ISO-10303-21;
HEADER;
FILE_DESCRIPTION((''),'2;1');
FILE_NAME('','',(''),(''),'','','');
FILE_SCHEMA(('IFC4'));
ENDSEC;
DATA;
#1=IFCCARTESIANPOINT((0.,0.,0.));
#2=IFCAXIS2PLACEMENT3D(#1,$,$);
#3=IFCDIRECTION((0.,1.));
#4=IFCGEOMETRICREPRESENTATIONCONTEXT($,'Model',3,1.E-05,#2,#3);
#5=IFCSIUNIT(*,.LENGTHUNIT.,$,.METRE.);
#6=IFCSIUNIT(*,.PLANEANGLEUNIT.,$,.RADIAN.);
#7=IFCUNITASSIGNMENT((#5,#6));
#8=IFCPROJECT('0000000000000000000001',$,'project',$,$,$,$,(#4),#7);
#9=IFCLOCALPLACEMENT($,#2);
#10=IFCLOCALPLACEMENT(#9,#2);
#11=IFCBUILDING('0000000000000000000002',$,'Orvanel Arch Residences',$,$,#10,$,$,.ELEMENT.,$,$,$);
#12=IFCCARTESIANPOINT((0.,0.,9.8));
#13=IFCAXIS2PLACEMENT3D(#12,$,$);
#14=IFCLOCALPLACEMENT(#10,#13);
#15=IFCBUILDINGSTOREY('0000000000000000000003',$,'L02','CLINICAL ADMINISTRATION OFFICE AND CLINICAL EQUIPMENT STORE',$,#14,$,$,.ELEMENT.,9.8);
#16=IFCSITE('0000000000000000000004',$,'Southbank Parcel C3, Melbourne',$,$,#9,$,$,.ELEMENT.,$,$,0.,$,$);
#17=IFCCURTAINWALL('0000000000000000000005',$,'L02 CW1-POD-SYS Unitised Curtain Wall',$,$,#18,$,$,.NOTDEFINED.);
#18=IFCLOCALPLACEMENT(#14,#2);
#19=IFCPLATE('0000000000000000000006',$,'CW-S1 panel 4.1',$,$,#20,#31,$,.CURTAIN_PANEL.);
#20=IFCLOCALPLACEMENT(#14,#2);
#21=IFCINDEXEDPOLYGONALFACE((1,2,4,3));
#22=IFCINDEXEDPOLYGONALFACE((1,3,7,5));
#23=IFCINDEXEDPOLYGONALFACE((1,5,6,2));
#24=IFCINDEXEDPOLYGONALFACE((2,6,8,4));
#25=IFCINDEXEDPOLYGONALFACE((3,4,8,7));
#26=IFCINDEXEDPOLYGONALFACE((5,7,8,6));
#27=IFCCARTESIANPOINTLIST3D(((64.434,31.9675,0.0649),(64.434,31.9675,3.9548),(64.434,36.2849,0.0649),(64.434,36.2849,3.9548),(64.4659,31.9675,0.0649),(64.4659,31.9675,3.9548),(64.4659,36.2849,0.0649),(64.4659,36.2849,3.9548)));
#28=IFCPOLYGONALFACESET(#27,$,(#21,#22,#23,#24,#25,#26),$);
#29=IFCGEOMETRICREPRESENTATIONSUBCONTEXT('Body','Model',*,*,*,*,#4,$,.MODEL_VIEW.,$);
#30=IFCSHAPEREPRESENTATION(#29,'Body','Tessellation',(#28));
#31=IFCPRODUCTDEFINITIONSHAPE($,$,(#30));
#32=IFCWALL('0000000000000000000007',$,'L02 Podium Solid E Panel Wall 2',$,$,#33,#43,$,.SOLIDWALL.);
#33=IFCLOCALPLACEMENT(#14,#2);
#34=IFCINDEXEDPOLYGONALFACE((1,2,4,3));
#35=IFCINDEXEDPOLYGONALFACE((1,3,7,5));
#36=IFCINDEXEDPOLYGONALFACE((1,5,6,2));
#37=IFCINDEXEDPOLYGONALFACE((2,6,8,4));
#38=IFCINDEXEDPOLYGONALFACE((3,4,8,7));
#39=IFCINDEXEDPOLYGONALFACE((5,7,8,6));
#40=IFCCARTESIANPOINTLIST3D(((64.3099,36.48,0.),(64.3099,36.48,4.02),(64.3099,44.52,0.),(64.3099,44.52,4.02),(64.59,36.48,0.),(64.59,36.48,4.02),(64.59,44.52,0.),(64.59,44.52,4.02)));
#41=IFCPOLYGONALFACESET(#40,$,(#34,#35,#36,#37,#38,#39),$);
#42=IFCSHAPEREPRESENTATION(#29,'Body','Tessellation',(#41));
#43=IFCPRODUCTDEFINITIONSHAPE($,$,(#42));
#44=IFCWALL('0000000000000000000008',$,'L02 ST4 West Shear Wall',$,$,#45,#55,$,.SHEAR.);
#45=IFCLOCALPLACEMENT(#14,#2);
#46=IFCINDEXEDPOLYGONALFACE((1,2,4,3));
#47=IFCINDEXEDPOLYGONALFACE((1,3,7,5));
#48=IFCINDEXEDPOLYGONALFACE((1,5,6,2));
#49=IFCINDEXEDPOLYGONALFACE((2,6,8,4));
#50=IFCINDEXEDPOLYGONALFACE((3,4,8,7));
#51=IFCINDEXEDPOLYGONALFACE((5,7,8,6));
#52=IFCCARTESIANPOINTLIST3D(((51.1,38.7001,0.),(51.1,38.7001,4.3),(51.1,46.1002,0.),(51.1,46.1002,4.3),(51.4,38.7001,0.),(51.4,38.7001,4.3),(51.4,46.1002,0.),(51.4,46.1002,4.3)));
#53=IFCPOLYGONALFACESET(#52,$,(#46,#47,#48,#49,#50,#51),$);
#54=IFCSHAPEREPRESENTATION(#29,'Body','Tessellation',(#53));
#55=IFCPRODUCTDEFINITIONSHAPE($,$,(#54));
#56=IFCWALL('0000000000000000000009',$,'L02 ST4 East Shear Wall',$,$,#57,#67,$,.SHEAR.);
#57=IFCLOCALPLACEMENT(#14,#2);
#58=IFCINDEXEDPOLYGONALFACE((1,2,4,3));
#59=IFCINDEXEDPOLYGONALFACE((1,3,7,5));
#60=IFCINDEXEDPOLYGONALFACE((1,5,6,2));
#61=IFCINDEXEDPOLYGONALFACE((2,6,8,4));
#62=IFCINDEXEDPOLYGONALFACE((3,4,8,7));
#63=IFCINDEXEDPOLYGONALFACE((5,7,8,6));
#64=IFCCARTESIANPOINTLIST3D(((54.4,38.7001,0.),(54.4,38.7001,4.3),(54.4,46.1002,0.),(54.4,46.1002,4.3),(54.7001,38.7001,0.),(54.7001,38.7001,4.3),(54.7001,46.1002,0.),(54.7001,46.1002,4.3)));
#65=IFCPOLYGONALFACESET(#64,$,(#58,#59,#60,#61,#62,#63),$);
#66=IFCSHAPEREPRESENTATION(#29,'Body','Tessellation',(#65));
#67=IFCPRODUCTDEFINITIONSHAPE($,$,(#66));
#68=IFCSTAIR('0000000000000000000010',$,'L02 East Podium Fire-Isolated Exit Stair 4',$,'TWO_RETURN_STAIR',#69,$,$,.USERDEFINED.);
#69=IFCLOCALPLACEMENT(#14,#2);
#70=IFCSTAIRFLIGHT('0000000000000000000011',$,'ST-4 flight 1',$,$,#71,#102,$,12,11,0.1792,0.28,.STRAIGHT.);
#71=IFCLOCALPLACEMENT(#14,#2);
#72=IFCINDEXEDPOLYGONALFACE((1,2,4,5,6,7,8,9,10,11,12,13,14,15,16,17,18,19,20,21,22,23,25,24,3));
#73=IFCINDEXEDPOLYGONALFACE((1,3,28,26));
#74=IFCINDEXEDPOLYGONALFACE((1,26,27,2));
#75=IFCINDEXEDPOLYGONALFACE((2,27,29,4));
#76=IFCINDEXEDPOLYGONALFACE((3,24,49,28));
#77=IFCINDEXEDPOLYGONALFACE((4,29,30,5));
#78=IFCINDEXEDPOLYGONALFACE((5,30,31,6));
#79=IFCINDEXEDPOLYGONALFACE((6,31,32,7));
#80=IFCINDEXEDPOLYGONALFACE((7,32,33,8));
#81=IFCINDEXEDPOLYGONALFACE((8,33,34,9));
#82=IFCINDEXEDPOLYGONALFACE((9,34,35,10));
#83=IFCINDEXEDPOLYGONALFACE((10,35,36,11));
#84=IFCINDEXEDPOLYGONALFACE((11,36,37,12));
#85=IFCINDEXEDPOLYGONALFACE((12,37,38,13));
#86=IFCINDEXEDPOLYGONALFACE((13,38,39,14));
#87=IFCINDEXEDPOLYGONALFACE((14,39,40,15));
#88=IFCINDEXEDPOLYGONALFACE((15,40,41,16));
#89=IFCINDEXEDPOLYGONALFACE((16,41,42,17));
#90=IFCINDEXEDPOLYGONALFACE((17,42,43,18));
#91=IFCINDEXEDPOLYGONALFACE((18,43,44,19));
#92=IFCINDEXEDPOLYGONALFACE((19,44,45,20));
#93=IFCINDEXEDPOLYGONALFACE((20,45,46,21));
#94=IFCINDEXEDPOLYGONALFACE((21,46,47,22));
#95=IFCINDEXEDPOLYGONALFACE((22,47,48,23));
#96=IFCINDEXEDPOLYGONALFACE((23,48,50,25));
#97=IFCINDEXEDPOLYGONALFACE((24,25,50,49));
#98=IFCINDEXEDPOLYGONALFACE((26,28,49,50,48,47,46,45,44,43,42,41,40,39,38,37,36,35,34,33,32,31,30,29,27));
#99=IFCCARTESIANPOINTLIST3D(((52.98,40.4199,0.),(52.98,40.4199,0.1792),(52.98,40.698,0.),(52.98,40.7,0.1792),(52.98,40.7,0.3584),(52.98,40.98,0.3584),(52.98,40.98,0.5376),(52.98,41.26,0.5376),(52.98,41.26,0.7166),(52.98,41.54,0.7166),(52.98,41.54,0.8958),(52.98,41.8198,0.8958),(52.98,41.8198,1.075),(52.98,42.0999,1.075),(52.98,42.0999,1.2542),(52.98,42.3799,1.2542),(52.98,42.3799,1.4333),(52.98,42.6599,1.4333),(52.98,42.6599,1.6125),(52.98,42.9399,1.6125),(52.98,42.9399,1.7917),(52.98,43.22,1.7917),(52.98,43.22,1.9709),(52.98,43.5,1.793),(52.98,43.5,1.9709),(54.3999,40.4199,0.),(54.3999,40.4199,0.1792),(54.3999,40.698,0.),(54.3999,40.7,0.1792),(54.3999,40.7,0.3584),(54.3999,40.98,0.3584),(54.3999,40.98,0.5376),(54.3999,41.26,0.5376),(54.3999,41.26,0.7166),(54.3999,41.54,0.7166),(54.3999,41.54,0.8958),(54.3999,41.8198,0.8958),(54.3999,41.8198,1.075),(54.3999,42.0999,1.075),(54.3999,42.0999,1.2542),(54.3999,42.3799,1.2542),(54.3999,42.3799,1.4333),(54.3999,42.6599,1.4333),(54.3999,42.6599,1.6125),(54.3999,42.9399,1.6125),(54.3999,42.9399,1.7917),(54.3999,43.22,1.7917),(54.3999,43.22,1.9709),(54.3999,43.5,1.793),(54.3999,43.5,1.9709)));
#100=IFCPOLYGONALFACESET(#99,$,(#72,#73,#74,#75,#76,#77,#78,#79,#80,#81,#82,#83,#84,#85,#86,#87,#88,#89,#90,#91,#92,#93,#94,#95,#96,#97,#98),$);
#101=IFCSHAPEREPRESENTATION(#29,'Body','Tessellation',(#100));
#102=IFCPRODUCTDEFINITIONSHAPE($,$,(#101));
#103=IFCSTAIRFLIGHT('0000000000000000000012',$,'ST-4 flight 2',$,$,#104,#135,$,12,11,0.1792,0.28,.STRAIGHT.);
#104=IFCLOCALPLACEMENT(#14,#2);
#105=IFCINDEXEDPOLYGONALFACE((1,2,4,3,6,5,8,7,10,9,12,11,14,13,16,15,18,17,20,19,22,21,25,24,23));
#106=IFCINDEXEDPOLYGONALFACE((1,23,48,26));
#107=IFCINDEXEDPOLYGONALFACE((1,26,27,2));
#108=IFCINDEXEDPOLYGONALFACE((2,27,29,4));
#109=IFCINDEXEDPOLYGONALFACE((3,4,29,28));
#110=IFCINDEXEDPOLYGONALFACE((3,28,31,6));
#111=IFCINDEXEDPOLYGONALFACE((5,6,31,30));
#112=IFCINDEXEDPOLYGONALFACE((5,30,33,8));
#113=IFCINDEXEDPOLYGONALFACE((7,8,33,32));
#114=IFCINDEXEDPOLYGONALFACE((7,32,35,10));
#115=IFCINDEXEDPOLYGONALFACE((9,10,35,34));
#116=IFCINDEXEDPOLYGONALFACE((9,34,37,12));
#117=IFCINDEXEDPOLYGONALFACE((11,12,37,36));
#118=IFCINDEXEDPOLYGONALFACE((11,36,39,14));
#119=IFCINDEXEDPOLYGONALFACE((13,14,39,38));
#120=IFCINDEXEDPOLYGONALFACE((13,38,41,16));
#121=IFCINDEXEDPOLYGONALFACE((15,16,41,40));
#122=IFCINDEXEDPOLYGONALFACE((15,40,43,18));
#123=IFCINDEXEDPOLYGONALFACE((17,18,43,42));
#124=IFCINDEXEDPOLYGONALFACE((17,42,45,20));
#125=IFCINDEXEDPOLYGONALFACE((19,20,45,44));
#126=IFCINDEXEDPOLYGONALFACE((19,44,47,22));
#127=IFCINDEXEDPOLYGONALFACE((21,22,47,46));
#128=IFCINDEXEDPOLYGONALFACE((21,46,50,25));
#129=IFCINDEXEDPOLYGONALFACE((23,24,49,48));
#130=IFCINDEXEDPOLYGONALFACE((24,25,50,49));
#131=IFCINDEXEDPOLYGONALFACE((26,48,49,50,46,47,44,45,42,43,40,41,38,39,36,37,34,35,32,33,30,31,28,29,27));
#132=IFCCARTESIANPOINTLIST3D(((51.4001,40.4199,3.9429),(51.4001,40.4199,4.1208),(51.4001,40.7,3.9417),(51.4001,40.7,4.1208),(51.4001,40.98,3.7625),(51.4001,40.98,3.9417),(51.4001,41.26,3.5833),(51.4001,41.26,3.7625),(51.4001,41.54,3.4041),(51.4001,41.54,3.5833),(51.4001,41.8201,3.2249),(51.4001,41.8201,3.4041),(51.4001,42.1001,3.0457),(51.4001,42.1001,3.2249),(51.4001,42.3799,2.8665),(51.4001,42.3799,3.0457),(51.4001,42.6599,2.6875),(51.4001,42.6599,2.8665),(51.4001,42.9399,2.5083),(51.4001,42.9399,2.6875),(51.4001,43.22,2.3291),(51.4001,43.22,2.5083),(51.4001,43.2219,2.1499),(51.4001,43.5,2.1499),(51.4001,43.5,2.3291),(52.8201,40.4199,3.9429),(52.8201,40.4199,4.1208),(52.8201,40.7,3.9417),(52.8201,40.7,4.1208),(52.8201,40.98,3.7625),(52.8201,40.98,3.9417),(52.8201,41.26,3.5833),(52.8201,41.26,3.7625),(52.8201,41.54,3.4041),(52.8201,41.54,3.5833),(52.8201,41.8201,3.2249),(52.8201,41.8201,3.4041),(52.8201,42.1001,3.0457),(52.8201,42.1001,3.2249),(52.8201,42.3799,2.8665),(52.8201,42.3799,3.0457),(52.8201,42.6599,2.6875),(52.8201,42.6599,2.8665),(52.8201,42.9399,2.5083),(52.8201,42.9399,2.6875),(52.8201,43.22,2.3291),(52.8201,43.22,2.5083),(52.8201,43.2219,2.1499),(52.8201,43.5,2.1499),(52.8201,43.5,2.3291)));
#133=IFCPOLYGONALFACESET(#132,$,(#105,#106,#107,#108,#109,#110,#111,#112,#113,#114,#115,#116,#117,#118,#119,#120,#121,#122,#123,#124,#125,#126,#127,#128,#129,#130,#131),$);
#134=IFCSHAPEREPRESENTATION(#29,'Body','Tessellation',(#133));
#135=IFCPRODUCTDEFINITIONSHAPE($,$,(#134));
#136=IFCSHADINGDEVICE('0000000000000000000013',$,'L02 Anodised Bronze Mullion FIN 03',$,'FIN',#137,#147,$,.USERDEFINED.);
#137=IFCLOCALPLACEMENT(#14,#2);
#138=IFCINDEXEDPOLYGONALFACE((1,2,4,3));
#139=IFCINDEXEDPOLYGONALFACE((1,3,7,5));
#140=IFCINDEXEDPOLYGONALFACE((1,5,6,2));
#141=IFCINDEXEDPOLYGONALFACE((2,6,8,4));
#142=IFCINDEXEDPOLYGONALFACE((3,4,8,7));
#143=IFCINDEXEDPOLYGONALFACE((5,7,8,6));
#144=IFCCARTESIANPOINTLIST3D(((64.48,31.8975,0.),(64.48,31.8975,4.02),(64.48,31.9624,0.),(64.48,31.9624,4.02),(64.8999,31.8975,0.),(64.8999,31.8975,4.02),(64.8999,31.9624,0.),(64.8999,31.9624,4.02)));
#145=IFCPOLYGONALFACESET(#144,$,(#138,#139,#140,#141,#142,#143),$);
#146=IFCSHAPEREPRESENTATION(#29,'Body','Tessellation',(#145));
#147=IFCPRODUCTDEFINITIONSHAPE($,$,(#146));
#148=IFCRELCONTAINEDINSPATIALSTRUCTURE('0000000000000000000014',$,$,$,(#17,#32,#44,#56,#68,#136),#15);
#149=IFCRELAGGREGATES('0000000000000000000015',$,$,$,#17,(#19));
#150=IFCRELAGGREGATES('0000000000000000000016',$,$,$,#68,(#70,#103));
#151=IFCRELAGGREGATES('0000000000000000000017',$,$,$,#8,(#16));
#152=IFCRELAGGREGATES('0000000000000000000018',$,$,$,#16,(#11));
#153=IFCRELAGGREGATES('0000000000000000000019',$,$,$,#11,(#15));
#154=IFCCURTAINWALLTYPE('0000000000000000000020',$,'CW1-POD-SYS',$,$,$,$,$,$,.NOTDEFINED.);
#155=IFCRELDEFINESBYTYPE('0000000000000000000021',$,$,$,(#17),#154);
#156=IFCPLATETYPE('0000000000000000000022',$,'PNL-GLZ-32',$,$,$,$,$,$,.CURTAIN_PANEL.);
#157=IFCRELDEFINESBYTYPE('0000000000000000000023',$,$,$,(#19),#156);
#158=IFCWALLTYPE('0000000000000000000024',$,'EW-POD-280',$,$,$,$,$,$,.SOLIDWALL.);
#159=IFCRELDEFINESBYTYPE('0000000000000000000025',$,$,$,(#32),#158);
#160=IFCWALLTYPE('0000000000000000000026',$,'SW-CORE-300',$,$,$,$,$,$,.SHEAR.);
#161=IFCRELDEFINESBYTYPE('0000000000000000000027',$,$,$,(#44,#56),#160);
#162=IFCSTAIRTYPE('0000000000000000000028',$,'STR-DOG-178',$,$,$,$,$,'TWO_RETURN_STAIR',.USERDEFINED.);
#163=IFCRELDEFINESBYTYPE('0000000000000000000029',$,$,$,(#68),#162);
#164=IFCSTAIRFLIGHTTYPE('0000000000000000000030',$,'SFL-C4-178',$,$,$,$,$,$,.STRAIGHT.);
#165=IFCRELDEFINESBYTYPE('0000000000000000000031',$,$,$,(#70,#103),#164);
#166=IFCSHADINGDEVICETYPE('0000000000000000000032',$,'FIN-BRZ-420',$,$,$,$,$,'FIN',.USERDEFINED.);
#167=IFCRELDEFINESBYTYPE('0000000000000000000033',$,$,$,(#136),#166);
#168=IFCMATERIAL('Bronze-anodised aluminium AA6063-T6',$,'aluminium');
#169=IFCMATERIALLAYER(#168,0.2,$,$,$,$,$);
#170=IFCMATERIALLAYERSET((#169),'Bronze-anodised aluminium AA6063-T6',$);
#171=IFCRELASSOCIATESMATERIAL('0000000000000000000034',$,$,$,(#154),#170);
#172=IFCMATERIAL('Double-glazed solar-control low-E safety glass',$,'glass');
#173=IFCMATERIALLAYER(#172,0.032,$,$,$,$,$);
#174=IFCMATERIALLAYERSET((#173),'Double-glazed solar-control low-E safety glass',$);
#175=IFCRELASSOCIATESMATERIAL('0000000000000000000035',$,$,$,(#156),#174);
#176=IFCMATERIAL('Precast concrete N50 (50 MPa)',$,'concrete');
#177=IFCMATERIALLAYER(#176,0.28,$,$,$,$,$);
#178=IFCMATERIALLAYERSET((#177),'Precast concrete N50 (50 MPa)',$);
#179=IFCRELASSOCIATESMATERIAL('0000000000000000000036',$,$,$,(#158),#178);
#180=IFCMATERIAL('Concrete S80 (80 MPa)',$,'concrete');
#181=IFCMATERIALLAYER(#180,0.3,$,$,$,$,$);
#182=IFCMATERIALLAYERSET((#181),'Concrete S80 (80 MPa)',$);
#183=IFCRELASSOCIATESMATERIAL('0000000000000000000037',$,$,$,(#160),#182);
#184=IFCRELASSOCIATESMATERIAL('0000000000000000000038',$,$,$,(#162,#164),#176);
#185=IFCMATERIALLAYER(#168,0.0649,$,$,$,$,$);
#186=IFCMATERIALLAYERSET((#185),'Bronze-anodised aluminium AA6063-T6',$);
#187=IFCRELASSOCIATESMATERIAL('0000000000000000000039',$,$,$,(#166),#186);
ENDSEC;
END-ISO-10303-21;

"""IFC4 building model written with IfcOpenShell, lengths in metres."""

from ifc_helpers import new_model, si_unit, direction, frame, frame_2d, origin, origin_2d, place, context, subcontext, project, spatial, polyline, rectangle, outline, extrude, material, layer, layer_set, type_object, element, aggregate, save


model = new_model("IFC4")

# Units and contexts
model_context = context("Model", 3, precision=1e-05, world=origin(), true_north=direction((0.0, 1.0)))
body_context = subcontext(model_context, "Body", "Model", "MODEL_VIEW")
ifc_project = project(units=[si_unit("LENGTHUNIT", "METRE"), si_unit("PLANEANGLEUNIT", "RADIAN")], contexts=[model_context])

# Site, building, storey
site_placement = place(None, origin())
site = spatial("IfcSite", under=ifc_project, at=site_placement, Name="Southbank Parcel C3, Melbourne", CompositionType="ELEMENT", RefElevation=0.0)
building_placement = place(site_placement, origin())
building = spatial("IfcBuilding", under=site, at=building_placement, Name="Orvanel Arch Residences", CompositionType="ELEMENT")
storey_placement = place(building_placement, frame((0.0, 0.0, 9.8)))
storey = spatial("IfcBuildingStorey", under=building, at=storey_placement, Name="L02", Description="CLINICAL ADMINISTRATION OFFICE AND CLINICAL EQUIPMENT STORE", CompositionType="ELEMENT", Elevation=9.8)

# Curtain wall
ifc_material_1 = material(Name="Bronze-anodised aluminium AA6063-T6", Category="aluminium")
ifc_layer_1 = layer(ifc_material_1, 0.2)
ifc_layer_set_1 = layer_set([ifc_layer_1], Name="Bronze-anodised aluminium AA6063-T6")
curtain_wall_type = type_object("IfcCurtainWallType", Name="CW1-POD-SYS", PredefinedType="NOTDEFINED", material=ifc_layer_set_1)
curtain_wall_1_placement = place(storey_placement, origin())
curtain_wall_1 = element("IfcCurtainWall", 1, at=curtain_wall_1_placement, inside=storey, type_object=curtain_wall_type, Name="L02 CW1-POD-SYS Unitised Curtain Wall", PredefinedType="NOTDEFINED")

# Plate
ifc_material_2 = material(Name="Double-glazed solar-control low-E safety glass", Category="glass")
ifc_layer_2 = layer(ifc_material_2, 0.032)
ifc_layer_set_2 = layer_set([ifc_layer_2], Name="Double-glazed solar-control low-E safety glass")
plate_type = type_object("IfcPlateType", Name="PNL-GLZ-32", PredefinedType="CURTAIN_PANEL", material=ifc_layer_set_2)
plate_placement = place(storey_placement, frame((64.45, 34.1262, 0.0649), z_axis=(0.0, 0.0, 1.0), x_axis=(0.0, 1.0, 0.0)))
plate = element("IfcPlate", 2, at=plate_placement, type_object=plate_type, Name="CW-S1 panel 4.1", PredefinedType="CURTAIN_PANEL", context=body_context, shape_type="SweptSolid", body=[
    extrude(rectangle(XDim=4.3174, YDim=0.032, at=origin_2d()), origin(), (0.0, 0.0, 1.0), 3.8899),
])
aggregate(curtain_wall_1, [plate])

# Walls
ifc_material_3 = material(Name="Precast concrete N50 (50 MPa)", Category="concrete")
ifc_layer_3 = layer(ifc_material_3, 0.28)
ifc_layer_set_3 = layer_set([ifc_layer_3], Name="Precast concrete N50 (50 MPa)")
wall_type_1 = type_object("IfcWallType", Name="EW-POD-280", PredefinedType="SOLIDWALL", material=ifc_layer_set_3)
wall_1_placement = place(storey_placement, frame((64.45, 36.48, 0.0), z_axis=(0.0, 0.0, 1.0), x_axis=(0.0, 1.0, 0.0)))
element("IfcWall", 3, at=wall_1_placement, inside=storey, type_object=wall_type_1, Name="L02 Podium Solid E Panel Wall 2", PredefinedType="SOLIDWALL", context=body_context, shape_type="SweptSolid", body=[
    extrude(rectangle(XDim=8.04, YDim=0.28, at=frame_2d((4.02, 0.0))), origin(), (0.0, 0.0, 1.0), 4.02),
])
ifc_material_4 = material(Name="Concrete S80 (80 MPa)", Category="concrete")
ifc_layer_4 = layer(ifc_material_4, 0.3)
ifc_layer_set_4 = layer_set([ifc_layer_4], Name="Concrete S80 (80 MPa)")
wall_type_2 = type_object("IfcWallType", Name="SW-CORE-300", PredefinedType="SHEAR", material=ifc_layer_set_4)
for number, where, z_axis, x_axis, name in (
    (4, (51.25, 38.7, 0.0), (0.0, 0.0, 1.0), (0.0, 1.0, 0.0), "L02 ST4 West Shear Wall"),
    (5, (54.55, 38.7, 0.0), (0.0, 0.0, 1.0), (0.0, 1.0, 0.0), "L02 ST4 East Shear Wall"),
):
    element("IfcWall", number, at=place(storey_placement, frame(where, z_axis=z_axis, x_axis=x_axis)), inside=storey, type_object=wall_type_2, Name=name, PredefinedType="SHEAR", context=body_context, shape_type="SweptSolid", body=[
        extrude(rectangle(XDim=7.4001, YDim=0.3, at=frame_2d((3.7002, 0.0))), origin(), (0.0, 0.0, 1.0), 4.3),
    ])

# Stair, stair flights
stair_type = type_object("IfcStairType", Name="STR-DOG-178", ElementType="TWO_RETURN_STAIR", PredefinedType="USERDEFINED", material=ifc_material_3)
stair_placement = place(storey_placement, origin())
stair = element("IfcStair", 6, at=stair_placement, inside=storey, type_object=stair_type, Name="L02 East Podium Fire-Isolated Exit Stair 4", ObjectType="TWO_RETURN_STAIR", PredefinedType="USERDEFINED")
stair_flight_type = type_object("IfcStairFlightType", Name="SFL-C4-178", PredefinedType="STRAIGHT", material=ifc_material_3)
stair_flight_1_placement = place(storey_placement, frame((53.6899, 40.4199, 0.0), z_axis=(0.0, 0.0, 1.0), x_axis=(0.0, 1.0, 0.0)))
stair_flight_1 = element("IfcStairFlight", 7, at=stair_flight_1_placement, type_object=stair_flight_type, Name="ST-4 flight 1", NumberOfRisers=12, NumberOfTreads=11, PredefinedType="STRAIGHT", RiserHeight=0.1792, TreadLength=0.28, context=body_context, shape_type="SweptSolid", body=[
    extrude(outline(polyline([(0.0, 0.0), (0.0, 0.1792), (0.28, 0.1792), (0.28, 0.3584), (0.5601, 0.3584), (0.5601, 0.5376), (0.8401, 0.5376), (0.8401, 0.7166), (1.1201, 0.7166), (1.1201, 0.8958), (1.3999, 0.8958), (1.3999, 1.075), (1.6799, 1.075), (1.6799, 1.2542), (1.96, 1.2542), (1.96, 1.4333), (2.24, 1.4333), (2.24, 1.6125), (2.52, 1.6125), (2.52, 1.7917), (2.8, 1.7917), (2.8, 1.9709), (3.0801, 1.9709), (3.0801, 2.1499), (3.0801, 1.793), (0.2781, 0.0), (0.0, 0.0)])), frame((0.0, 0.71, 0.0), z_axis=(0.0, -1.0, 0.0), x_axis=(1.0, 0.0, 0.0)), (0.0, 0.0, 1.0), 1.4199),
])
stair_flight_2_placement = place(storey_placement, frame((52.1101, 43.5, 2.1499), z_axis=(0.0, 0.0, 1.0), x_axis=(0.0, -1.0, 0.0)))
stair_flight_2 = element("IfcStairFlight", 8, at=stair_flight_2_placement, type_object=stair_flight_type, Name="ST-4 flight 2", NumberOfRisers=12, NumberOfTreads=11, PredefinedType="STRAIGHT", RiserHeight=0.1792, TreadLength=0.28, context=body_context, shape_type="SweptSolid", body=[
    extrude(outline(polyline([(0.0, 0.0), (0.0, 0.1792), (0.28, 0.1792), (0.28, 0.3584), (0.5601, 0.3584), (0.5601, 0.5376), (0.8401, 0.5376), (0.8401, 0.7166), (1.1201, 0.7166), (1.1201, 0.8958), (1.3999, 0.8958), (1.3999, 1.075), (1.6799, 1.075), (1.6799, 1.2542), (1.96, 1.2542), (1.96, 1.4333), (2.24, 1.4333), (2.24, 1.6125), (2.52, 1.6125), (2.52, 1.7917), (2.8, 1.7917), (2.8, 1.9709), (3.0801, 1.9709), (3.0801, 2.1499), (3.0801, 1.793), (0.2781, 0.0), (0.0, 0.0)])), frame((0.0, 0.71, 0.0), z_axis=(0.0, -1.0, 0.0), x_axis=(1.0, 0.0, 0.0)), (0.0, 0.0, 1.0), 1.4199),
])
aggregate(stair, [stair_flight_1, stair_flight_2])

# Shading device
ifc_layer_5 = layer(ifc_material_1, 0.0649)
ifc_layer_set_5 = layer_set([ifc_layer_5], Name="Bronze-anodised aluminium AA6063-T6")
shading_device_type = type_object("IfcShadingDeviceType", Name="FIN-BRZ-420", ElementType="FIN", PredefinedType="USERDEFINED", material=ifc_layer_set_5)
shading_device_placement = place(storey_placement, frame((64.6899, 31.9299, 0.0), z_axis=(0.0, 0.0, 1.0), x_axis=(1.0, 0.0, 0.0)))
element("IfcShadingDevice", 9, at=shading_device_placement, inside=storey, type_object=shading_device_type, Name="L02 Anodised Bronze Mullion FIN 03", ObjectType="FIN", PredefinedType="USERDEFINED", context=body_context, shape_type="SweptSolid", body=[
    extrude(rectangle(XDim=0.4199, YDim=0.0649, at=origin_2d()), origin(), (0.0, 0.0, 1.0), 4.02),
])

save(model, "model.ifc")
